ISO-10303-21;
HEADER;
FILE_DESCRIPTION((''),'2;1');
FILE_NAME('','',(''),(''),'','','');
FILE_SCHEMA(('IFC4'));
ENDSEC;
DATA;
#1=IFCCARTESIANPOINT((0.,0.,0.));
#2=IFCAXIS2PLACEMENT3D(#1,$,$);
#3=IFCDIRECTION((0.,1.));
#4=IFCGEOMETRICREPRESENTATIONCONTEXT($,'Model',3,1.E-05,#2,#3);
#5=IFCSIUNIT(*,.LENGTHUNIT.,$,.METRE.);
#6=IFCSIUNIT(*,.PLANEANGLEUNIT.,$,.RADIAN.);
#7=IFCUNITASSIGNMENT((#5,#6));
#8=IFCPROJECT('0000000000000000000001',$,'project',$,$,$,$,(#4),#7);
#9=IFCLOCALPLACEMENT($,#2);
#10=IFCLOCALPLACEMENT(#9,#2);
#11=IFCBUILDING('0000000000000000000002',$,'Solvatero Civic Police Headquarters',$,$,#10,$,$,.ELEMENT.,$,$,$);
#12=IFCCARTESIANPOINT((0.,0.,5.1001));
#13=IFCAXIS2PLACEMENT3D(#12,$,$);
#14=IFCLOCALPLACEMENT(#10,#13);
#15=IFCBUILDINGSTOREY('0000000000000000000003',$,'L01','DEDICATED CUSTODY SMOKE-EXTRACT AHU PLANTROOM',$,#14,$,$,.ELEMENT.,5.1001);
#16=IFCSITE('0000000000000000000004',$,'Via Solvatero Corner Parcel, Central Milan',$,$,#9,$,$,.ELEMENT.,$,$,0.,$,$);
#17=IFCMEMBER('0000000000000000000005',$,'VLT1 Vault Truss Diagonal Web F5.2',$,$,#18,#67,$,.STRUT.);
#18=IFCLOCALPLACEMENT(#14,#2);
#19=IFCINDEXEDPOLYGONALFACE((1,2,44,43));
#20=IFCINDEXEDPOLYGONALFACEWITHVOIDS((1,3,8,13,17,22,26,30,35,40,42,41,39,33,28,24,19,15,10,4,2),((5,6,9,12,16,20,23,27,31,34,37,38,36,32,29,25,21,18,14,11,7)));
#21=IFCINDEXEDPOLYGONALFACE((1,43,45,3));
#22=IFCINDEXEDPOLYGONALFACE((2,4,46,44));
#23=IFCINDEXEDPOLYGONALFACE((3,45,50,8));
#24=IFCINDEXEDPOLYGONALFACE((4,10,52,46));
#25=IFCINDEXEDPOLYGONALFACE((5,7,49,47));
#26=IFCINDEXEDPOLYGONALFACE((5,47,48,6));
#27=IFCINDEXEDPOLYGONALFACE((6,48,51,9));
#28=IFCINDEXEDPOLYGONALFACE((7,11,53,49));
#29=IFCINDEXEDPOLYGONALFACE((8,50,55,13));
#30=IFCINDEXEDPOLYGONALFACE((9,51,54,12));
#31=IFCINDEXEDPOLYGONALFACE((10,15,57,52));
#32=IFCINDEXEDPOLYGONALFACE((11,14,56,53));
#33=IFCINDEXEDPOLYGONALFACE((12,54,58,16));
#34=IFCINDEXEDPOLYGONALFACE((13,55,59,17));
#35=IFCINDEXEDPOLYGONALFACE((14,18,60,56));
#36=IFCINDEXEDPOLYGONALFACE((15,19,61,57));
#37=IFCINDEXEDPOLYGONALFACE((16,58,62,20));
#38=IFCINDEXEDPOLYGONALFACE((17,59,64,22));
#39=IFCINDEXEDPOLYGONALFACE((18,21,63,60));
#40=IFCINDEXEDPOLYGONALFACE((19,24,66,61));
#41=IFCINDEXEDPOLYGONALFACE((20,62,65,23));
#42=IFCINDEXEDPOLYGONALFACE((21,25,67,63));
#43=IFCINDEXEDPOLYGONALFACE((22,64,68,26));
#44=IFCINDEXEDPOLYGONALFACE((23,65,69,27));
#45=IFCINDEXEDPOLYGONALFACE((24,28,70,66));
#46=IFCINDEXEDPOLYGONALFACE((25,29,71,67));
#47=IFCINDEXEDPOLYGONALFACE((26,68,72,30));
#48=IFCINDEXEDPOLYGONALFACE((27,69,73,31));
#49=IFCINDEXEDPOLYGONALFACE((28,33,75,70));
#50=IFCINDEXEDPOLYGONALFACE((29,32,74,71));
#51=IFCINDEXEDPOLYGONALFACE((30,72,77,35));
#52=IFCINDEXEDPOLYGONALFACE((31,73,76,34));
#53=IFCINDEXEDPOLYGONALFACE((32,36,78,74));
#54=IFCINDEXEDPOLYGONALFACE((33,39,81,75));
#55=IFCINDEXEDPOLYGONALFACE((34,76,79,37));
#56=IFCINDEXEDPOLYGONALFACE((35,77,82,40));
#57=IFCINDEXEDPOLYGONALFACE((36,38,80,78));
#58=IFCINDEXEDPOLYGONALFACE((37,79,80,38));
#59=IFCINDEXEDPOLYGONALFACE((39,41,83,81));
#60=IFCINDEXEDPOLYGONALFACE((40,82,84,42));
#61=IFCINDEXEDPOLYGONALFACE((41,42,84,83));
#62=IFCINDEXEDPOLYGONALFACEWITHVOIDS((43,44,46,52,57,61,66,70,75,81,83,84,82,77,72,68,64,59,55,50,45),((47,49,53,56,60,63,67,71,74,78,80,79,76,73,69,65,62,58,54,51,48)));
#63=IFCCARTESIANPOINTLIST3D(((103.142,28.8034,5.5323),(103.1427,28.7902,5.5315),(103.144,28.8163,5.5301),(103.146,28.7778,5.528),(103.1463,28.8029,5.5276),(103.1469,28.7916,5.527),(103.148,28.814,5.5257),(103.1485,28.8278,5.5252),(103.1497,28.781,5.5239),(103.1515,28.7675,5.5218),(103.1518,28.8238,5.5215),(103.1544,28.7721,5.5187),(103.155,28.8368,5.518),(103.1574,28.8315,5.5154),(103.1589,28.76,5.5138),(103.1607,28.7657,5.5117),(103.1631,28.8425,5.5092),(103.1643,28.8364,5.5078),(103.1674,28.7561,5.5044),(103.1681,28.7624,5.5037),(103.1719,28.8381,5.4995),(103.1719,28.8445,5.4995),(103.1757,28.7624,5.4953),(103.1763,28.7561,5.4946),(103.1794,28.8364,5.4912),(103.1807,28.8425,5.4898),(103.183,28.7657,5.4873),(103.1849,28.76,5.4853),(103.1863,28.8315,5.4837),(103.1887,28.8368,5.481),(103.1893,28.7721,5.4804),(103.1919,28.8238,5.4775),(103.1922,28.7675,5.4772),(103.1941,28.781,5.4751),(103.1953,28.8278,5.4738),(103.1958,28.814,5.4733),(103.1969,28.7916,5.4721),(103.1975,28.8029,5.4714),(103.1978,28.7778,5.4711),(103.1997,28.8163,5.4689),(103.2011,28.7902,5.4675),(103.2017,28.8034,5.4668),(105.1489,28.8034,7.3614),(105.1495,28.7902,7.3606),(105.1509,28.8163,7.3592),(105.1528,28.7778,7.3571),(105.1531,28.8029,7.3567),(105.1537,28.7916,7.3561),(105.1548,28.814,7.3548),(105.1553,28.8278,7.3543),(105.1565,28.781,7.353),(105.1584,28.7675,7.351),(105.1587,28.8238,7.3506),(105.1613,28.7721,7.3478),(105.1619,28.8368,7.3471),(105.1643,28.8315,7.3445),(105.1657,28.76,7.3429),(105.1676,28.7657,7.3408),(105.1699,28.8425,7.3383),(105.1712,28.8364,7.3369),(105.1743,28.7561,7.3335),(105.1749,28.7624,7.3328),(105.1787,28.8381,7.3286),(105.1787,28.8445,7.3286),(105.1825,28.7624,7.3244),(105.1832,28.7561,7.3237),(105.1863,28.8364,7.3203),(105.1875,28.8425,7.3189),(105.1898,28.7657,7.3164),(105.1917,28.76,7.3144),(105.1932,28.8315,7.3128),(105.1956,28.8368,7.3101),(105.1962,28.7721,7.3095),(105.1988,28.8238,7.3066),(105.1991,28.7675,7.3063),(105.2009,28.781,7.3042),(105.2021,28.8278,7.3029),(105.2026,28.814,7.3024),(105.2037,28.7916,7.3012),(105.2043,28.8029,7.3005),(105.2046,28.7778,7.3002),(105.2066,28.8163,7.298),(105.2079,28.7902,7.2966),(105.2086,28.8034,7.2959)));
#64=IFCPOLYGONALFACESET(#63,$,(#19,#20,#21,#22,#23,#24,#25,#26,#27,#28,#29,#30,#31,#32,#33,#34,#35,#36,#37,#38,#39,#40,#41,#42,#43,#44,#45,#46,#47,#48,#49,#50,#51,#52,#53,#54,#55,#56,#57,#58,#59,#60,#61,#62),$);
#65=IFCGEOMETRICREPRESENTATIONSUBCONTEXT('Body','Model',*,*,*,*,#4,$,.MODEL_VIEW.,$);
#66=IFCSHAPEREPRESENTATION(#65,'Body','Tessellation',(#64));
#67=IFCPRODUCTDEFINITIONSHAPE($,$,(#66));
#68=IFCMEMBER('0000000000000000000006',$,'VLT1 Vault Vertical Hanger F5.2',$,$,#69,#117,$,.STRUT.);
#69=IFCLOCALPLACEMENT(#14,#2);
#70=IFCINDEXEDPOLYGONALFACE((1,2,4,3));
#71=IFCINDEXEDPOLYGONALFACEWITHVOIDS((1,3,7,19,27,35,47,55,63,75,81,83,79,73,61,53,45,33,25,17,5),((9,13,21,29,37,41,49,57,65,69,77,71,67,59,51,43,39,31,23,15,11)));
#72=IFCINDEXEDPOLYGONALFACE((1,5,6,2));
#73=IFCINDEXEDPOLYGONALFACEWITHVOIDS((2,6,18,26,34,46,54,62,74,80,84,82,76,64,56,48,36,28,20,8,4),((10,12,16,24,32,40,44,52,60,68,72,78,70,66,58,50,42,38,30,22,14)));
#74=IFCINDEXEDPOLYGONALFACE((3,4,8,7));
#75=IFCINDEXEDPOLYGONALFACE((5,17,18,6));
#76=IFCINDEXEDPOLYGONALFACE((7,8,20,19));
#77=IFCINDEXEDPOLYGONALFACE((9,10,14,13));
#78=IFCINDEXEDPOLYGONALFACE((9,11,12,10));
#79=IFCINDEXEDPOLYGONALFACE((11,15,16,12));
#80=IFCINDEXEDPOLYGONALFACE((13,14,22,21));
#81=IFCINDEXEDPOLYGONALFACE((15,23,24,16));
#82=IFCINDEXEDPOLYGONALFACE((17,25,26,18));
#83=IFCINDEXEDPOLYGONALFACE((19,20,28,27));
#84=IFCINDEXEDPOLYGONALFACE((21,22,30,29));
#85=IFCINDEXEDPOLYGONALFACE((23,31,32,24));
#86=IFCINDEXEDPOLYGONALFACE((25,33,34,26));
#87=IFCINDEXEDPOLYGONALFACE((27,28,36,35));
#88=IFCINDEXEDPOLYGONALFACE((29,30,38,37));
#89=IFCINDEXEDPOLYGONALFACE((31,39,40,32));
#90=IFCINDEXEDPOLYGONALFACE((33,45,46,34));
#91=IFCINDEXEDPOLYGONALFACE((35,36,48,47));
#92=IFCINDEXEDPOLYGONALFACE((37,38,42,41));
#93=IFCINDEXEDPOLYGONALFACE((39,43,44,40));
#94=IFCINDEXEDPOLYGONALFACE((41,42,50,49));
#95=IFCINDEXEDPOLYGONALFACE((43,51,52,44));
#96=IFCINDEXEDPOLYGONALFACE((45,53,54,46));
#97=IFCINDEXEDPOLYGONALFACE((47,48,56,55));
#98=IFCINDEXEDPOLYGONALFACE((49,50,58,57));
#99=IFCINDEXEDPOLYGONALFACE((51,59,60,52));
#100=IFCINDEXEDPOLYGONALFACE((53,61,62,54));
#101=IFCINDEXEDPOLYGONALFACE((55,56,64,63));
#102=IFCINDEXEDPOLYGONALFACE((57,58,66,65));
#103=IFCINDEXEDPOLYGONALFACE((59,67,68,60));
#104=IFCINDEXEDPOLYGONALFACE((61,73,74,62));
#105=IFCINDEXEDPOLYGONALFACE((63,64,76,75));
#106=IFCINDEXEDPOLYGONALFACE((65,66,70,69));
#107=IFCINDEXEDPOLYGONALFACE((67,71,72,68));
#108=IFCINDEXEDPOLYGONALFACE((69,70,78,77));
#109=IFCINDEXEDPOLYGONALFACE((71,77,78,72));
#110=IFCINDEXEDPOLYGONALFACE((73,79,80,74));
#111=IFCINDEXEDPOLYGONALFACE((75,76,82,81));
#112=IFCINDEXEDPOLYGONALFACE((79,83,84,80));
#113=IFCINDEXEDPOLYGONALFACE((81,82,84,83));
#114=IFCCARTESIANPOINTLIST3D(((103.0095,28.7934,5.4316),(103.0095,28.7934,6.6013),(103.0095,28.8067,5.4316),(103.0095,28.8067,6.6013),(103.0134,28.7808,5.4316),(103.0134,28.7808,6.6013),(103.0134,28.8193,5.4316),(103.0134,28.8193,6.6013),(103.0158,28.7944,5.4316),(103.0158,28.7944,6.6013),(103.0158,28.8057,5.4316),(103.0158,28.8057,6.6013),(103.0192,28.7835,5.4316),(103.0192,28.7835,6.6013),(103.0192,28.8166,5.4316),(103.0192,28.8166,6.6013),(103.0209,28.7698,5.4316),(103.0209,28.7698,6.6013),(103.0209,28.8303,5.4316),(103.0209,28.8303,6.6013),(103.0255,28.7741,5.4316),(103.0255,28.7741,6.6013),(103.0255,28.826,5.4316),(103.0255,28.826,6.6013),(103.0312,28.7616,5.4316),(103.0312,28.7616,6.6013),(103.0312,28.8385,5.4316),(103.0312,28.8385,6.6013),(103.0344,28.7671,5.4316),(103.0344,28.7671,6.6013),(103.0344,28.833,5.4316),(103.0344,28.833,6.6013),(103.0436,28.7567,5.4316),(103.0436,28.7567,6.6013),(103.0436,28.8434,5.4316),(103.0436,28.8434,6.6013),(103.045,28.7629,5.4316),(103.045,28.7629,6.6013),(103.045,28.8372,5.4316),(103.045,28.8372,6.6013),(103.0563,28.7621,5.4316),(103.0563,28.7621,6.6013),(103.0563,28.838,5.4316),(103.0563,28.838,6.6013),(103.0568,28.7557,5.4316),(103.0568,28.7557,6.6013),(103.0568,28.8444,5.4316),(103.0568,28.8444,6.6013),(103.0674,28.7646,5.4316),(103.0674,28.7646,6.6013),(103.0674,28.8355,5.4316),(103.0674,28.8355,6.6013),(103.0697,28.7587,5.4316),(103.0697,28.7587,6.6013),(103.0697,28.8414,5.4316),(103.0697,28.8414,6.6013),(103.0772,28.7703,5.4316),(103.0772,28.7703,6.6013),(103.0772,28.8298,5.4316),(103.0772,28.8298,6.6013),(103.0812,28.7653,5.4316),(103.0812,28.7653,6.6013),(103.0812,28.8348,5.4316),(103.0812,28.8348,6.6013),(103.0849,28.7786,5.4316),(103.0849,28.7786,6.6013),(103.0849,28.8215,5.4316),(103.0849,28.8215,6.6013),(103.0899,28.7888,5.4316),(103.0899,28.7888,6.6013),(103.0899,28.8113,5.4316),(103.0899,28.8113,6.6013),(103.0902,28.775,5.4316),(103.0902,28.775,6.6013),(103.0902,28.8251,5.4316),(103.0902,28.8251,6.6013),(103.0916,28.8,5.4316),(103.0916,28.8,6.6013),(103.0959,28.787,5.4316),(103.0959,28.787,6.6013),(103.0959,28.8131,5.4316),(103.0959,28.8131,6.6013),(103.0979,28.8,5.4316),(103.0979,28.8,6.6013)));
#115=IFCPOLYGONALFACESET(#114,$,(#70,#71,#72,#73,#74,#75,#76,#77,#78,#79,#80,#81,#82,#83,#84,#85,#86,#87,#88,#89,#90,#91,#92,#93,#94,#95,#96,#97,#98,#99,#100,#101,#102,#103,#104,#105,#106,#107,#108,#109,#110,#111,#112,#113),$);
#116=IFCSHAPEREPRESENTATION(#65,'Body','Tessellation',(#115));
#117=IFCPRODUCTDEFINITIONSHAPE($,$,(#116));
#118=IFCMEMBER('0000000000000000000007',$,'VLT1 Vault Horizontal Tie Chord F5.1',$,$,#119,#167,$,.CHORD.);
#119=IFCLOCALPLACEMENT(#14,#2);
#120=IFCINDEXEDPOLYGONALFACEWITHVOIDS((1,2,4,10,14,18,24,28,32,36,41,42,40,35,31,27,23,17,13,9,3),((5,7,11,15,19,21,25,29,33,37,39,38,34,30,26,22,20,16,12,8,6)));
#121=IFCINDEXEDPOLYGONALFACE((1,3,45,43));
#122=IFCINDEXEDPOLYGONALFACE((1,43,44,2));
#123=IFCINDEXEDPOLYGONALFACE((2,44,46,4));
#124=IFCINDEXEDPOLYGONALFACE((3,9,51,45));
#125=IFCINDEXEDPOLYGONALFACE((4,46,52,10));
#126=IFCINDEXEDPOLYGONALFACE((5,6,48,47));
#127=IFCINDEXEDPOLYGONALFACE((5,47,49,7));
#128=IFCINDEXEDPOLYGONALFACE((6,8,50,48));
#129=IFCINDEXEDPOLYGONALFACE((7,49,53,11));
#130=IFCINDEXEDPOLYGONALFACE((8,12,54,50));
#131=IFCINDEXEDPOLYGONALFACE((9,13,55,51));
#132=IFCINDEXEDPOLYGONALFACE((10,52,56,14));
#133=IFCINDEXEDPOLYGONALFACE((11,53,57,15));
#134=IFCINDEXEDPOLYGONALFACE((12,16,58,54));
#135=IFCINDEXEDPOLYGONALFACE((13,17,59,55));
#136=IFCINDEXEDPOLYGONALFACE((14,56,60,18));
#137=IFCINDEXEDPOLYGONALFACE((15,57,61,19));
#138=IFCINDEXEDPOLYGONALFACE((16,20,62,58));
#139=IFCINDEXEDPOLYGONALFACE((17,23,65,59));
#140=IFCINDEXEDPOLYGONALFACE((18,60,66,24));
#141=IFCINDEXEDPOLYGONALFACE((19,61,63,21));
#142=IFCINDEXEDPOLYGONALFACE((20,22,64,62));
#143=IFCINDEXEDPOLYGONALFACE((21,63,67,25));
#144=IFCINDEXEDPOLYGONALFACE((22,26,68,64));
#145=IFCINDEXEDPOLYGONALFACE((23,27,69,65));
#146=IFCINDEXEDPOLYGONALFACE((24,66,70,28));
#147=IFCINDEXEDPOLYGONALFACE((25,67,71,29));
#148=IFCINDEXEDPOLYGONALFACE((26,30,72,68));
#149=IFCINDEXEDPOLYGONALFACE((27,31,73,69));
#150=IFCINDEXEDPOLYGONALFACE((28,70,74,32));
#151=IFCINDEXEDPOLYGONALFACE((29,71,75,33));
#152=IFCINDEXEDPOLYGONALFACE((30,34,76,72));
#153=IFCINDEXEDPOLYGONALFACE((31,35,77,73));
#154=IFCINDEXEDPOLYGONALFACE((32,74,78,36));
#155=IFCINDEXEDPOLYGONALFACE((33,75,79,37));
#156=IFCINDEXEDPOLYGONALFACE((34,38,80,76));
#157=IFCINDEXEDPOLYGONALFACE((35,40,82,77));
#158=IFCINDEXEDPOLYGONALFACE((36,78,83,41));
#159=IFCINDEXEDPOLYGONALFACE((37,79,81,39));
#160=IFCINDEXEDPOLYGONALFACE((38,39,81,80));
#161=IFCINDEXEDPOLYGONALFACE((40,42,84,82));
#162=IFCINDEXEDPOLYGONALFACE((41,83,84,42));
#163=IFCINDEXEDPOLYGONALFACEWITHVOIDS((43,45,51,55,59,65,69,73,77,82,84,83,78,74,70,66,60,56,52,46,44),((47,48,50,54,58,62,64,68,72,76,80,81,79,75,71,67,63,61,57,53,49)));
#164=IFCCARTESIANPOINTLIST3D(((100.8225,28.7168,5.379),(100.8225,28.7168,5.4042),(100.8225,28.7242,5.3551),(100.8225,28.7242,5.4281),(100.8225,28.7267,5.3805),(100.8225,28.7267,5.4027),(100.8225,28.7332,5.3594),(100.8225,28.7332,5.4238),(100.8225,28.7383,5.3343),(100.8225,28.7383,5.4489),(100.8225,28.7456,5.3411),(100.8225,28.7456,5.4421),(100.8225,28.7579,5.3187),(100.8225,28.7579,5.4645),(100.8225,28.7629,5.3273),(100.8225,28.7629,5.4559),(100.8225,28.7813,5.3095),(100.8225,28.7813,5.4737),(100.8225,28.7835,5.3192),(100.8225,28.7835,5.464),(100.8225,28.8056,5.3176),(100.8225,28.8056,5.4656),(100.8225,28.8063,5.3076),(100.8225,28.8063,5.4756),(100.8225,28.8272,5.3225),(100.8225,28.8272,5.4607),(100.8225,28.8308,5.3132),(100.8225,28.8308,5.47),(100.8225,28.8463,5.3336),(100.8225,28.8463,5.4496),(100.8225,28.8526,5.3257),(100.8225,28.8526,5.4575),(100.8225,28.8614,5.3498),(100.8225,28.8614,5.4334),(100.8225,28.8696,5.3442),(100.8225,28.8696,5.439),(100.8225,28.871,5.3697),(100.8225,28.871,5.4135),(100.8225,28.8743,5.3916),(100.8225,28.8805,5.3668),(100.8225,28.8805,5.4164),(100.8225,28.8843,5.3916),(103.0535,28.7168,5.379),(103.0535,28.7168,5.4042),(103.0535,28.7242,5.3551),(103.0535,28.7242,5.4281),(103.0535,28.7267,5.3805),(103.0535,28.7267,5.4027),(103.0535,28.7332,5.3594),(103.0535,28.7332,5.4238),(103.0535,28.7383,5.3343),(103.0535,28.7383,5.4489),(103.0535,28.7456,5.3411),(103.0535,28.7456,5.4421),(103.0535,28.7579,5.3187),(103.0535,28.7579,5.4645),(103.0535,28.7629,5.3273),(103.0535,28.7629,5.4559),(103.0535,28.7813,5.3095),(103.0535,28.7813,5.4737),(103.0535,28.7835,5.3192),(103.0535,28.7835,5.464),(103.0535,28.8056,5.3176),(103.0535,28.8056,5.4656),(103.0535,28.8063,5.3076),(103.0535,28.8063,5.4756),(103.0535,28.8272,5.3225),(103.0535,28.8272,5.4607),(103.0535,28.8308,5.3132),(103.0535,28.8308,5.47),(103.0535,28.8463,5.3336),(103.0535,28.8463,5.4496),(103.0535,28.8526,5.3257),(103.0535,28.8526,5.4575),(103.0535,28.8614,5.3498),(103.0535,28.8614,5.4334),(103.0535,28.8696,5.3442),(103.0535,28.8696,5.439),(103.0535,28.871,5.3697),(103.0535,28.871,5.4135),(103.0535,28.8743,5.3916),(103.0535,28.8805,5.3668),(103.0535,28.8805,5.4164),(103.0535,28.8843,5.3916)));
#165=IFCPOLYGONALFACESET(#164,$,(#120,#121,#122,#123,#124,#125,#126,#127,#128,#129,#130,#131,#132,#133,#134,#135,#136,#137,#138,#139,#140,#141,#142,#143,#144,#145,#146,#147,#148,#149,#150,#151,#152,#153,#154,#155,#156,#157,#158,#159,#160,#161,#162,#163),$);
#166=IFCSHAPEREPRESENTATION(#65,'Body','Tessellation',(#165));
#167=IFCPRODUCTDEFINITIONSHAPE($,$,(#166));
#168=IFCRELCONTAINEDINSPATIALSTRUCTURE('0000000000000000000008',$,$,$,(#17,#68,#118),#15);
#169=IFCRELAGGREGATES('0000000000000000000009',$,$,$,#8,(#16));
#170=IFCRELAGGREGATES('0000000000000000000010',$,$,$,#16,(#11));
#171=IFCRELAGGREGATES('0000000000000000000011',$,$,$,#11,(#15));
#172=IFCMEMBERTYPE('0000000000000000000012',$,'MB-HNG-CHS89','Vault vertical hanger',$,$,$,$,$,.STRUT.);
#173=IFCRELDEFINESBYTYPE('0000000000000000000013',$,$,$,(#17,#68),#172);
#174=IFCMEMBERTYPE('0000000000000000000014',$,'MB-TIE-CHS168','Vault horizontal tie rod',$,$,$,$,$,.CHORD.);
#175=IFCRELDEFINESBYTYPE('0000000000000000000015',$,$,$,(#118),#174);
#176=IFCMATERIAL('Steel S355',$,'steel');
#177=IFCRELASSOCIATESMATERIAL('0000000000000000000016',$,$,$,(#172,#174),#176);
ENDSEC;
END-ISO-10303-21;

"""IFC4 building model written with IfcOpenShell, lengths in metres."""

from ifc_helpers import new_model, si_unit, direction, frame, origin, origin_2d, place, context, subcontext, project, spatial, hollow_circle, extrude, material, material_profile, profile_set, type_object, element, save


model = new_model("IFC4")

# Units and contexts
model_context = context("Model", 3, precision=1e-05, world=origin(), true_north=direction((0.0, 1.0)))
body_context = subcontext(model_context, "Body", "Model", "MODEL_VIEW")
ifc_project = project(units=[si_unit("LENGTHUNIT", "METRE"), si_unit("PLANEANGLEUNIT", "RADIAN")], contexts=[model_context])

# Site, building, storey
site_placement = place(None, origin())
site = spatial("IfcSite", under=ifc_project, at=site_placement, Name="Via Solvatero Corner Parcel, Central Milan", CompositionType="ELEMENT", RefElevation=0.0)
building_placement = place(site_placement, origin())
building = spatial("IfcBuilding", under=site, at=building_placement, Name="Solvatero Civic Police Headquarters", CompositionType="ELEMENT")
storey_placement = place(building_placement, frame((0.0, 0.0, 5.1001)))
storey = spatial("IfcBuildingStorey", under=building, at=storey_placement, Name="L01", Description="DEDICATED CUSTODY SMOKE-EXTRACT AHU PLANTROOM", CompositionType="ELEMENT", Elevation=5.1001)

# Shared definitions
ifc_material_1 = material(Name="Steel S355", Category="steel")

# Members
ifc_material_profile_1 = material_profile(ifc_material_1, hollow_circle(Radius=0.0444, WallThickness=0.0063, at=origin_2d()), Name="CHS 88.9x6.3")
ifc_profile_set_1 = profile_set([ifc_material_profile_1], Name="Steel S355")
member_type_1 = type_object("IfcMemberType", Name="MB-HNG-CHS89", Description="Vault vertical hanger", PredefinedType="STRUT", material=ifc_profile_set_1)
member_1_placement = place(storey_placement, frame((103.1719, 28.8, 5.4995), z_axis=(0.739077, 0.0, 0.673621), x_axis=(0.0, 1.0, 0.0)))
element("IfcMember", 1, at=member_1_placement, inside=storey, type_object=member_type_1, Name="VLT1 Vault Truss Diagonal Web F5.2", PredefinedType="STRUT", context=body_context, shape_type="SweptSolid", body=[
    extrude(hollow_circle(Radius=0.0444, WallThickness=0.0063, at=origin_2d()), origin(), (0.0, 0.0, 1.0), 2.7153),
])
member_2_placement = place(storey_placement, frame((103.0535, 28.8, 5.4316), z_axis=(0.0, 0.0, 1.0), x_axis=(1.0, 0.0, 0.0)))
element("IfcMember", 2, at=member_2_placement, inside=storey, type_object=member_type_1, Name="VLT1 Vault Vertical Hanger F5.2", PredefinedType="STRUT", context=body_context, shape_type="SweptSolid", body=[
    extrude(hollow_circle(Radius=0.0444, WallThickness=0.0063, at=origin_2d()), origin(), (0.0, 0.0, 1.0), 1.1697),
])
ifc_material_profile_2 = material_profile(ifc_material_1, hollow_circle(Radius=0.0842, WallThickness=0.01, at=origin_2d()), Name="CHS 168.3x10.0")
ifc_profile_set_2 = profile_set([ifc_material_profile_2], Name="Steel S355")
member_type_2 = type_object("IfcMemberType", Name="MB-TIE-CHS168", Description="Vault horizontal tie rod", PredefinedType="CHORD", material=ifc_profile_set_2)
member_3_placement = place(storey_placement, frame((100.8225, 28.8, 5.3916), z_axis=(1.0, 0.0, 0.0), x_axis=(0.0, 1.0, 0.0)))
element("IfcMember", 3, at=member_3_placement, inside=storey, type_object=member_type_2, Name="VLT1 Vault Horizontal Tie Chord F5.1", PredefinedType="CHORD", context=body_context, shape_type="SweptSolid", body=[
    extrude(hollow_circle(Radius=0.0842, WallThickness=0.01, at=origin_2d()), origin(), (0.0, 0.0, 1.0), 2.231),
])

save(model, "model.ifc")
